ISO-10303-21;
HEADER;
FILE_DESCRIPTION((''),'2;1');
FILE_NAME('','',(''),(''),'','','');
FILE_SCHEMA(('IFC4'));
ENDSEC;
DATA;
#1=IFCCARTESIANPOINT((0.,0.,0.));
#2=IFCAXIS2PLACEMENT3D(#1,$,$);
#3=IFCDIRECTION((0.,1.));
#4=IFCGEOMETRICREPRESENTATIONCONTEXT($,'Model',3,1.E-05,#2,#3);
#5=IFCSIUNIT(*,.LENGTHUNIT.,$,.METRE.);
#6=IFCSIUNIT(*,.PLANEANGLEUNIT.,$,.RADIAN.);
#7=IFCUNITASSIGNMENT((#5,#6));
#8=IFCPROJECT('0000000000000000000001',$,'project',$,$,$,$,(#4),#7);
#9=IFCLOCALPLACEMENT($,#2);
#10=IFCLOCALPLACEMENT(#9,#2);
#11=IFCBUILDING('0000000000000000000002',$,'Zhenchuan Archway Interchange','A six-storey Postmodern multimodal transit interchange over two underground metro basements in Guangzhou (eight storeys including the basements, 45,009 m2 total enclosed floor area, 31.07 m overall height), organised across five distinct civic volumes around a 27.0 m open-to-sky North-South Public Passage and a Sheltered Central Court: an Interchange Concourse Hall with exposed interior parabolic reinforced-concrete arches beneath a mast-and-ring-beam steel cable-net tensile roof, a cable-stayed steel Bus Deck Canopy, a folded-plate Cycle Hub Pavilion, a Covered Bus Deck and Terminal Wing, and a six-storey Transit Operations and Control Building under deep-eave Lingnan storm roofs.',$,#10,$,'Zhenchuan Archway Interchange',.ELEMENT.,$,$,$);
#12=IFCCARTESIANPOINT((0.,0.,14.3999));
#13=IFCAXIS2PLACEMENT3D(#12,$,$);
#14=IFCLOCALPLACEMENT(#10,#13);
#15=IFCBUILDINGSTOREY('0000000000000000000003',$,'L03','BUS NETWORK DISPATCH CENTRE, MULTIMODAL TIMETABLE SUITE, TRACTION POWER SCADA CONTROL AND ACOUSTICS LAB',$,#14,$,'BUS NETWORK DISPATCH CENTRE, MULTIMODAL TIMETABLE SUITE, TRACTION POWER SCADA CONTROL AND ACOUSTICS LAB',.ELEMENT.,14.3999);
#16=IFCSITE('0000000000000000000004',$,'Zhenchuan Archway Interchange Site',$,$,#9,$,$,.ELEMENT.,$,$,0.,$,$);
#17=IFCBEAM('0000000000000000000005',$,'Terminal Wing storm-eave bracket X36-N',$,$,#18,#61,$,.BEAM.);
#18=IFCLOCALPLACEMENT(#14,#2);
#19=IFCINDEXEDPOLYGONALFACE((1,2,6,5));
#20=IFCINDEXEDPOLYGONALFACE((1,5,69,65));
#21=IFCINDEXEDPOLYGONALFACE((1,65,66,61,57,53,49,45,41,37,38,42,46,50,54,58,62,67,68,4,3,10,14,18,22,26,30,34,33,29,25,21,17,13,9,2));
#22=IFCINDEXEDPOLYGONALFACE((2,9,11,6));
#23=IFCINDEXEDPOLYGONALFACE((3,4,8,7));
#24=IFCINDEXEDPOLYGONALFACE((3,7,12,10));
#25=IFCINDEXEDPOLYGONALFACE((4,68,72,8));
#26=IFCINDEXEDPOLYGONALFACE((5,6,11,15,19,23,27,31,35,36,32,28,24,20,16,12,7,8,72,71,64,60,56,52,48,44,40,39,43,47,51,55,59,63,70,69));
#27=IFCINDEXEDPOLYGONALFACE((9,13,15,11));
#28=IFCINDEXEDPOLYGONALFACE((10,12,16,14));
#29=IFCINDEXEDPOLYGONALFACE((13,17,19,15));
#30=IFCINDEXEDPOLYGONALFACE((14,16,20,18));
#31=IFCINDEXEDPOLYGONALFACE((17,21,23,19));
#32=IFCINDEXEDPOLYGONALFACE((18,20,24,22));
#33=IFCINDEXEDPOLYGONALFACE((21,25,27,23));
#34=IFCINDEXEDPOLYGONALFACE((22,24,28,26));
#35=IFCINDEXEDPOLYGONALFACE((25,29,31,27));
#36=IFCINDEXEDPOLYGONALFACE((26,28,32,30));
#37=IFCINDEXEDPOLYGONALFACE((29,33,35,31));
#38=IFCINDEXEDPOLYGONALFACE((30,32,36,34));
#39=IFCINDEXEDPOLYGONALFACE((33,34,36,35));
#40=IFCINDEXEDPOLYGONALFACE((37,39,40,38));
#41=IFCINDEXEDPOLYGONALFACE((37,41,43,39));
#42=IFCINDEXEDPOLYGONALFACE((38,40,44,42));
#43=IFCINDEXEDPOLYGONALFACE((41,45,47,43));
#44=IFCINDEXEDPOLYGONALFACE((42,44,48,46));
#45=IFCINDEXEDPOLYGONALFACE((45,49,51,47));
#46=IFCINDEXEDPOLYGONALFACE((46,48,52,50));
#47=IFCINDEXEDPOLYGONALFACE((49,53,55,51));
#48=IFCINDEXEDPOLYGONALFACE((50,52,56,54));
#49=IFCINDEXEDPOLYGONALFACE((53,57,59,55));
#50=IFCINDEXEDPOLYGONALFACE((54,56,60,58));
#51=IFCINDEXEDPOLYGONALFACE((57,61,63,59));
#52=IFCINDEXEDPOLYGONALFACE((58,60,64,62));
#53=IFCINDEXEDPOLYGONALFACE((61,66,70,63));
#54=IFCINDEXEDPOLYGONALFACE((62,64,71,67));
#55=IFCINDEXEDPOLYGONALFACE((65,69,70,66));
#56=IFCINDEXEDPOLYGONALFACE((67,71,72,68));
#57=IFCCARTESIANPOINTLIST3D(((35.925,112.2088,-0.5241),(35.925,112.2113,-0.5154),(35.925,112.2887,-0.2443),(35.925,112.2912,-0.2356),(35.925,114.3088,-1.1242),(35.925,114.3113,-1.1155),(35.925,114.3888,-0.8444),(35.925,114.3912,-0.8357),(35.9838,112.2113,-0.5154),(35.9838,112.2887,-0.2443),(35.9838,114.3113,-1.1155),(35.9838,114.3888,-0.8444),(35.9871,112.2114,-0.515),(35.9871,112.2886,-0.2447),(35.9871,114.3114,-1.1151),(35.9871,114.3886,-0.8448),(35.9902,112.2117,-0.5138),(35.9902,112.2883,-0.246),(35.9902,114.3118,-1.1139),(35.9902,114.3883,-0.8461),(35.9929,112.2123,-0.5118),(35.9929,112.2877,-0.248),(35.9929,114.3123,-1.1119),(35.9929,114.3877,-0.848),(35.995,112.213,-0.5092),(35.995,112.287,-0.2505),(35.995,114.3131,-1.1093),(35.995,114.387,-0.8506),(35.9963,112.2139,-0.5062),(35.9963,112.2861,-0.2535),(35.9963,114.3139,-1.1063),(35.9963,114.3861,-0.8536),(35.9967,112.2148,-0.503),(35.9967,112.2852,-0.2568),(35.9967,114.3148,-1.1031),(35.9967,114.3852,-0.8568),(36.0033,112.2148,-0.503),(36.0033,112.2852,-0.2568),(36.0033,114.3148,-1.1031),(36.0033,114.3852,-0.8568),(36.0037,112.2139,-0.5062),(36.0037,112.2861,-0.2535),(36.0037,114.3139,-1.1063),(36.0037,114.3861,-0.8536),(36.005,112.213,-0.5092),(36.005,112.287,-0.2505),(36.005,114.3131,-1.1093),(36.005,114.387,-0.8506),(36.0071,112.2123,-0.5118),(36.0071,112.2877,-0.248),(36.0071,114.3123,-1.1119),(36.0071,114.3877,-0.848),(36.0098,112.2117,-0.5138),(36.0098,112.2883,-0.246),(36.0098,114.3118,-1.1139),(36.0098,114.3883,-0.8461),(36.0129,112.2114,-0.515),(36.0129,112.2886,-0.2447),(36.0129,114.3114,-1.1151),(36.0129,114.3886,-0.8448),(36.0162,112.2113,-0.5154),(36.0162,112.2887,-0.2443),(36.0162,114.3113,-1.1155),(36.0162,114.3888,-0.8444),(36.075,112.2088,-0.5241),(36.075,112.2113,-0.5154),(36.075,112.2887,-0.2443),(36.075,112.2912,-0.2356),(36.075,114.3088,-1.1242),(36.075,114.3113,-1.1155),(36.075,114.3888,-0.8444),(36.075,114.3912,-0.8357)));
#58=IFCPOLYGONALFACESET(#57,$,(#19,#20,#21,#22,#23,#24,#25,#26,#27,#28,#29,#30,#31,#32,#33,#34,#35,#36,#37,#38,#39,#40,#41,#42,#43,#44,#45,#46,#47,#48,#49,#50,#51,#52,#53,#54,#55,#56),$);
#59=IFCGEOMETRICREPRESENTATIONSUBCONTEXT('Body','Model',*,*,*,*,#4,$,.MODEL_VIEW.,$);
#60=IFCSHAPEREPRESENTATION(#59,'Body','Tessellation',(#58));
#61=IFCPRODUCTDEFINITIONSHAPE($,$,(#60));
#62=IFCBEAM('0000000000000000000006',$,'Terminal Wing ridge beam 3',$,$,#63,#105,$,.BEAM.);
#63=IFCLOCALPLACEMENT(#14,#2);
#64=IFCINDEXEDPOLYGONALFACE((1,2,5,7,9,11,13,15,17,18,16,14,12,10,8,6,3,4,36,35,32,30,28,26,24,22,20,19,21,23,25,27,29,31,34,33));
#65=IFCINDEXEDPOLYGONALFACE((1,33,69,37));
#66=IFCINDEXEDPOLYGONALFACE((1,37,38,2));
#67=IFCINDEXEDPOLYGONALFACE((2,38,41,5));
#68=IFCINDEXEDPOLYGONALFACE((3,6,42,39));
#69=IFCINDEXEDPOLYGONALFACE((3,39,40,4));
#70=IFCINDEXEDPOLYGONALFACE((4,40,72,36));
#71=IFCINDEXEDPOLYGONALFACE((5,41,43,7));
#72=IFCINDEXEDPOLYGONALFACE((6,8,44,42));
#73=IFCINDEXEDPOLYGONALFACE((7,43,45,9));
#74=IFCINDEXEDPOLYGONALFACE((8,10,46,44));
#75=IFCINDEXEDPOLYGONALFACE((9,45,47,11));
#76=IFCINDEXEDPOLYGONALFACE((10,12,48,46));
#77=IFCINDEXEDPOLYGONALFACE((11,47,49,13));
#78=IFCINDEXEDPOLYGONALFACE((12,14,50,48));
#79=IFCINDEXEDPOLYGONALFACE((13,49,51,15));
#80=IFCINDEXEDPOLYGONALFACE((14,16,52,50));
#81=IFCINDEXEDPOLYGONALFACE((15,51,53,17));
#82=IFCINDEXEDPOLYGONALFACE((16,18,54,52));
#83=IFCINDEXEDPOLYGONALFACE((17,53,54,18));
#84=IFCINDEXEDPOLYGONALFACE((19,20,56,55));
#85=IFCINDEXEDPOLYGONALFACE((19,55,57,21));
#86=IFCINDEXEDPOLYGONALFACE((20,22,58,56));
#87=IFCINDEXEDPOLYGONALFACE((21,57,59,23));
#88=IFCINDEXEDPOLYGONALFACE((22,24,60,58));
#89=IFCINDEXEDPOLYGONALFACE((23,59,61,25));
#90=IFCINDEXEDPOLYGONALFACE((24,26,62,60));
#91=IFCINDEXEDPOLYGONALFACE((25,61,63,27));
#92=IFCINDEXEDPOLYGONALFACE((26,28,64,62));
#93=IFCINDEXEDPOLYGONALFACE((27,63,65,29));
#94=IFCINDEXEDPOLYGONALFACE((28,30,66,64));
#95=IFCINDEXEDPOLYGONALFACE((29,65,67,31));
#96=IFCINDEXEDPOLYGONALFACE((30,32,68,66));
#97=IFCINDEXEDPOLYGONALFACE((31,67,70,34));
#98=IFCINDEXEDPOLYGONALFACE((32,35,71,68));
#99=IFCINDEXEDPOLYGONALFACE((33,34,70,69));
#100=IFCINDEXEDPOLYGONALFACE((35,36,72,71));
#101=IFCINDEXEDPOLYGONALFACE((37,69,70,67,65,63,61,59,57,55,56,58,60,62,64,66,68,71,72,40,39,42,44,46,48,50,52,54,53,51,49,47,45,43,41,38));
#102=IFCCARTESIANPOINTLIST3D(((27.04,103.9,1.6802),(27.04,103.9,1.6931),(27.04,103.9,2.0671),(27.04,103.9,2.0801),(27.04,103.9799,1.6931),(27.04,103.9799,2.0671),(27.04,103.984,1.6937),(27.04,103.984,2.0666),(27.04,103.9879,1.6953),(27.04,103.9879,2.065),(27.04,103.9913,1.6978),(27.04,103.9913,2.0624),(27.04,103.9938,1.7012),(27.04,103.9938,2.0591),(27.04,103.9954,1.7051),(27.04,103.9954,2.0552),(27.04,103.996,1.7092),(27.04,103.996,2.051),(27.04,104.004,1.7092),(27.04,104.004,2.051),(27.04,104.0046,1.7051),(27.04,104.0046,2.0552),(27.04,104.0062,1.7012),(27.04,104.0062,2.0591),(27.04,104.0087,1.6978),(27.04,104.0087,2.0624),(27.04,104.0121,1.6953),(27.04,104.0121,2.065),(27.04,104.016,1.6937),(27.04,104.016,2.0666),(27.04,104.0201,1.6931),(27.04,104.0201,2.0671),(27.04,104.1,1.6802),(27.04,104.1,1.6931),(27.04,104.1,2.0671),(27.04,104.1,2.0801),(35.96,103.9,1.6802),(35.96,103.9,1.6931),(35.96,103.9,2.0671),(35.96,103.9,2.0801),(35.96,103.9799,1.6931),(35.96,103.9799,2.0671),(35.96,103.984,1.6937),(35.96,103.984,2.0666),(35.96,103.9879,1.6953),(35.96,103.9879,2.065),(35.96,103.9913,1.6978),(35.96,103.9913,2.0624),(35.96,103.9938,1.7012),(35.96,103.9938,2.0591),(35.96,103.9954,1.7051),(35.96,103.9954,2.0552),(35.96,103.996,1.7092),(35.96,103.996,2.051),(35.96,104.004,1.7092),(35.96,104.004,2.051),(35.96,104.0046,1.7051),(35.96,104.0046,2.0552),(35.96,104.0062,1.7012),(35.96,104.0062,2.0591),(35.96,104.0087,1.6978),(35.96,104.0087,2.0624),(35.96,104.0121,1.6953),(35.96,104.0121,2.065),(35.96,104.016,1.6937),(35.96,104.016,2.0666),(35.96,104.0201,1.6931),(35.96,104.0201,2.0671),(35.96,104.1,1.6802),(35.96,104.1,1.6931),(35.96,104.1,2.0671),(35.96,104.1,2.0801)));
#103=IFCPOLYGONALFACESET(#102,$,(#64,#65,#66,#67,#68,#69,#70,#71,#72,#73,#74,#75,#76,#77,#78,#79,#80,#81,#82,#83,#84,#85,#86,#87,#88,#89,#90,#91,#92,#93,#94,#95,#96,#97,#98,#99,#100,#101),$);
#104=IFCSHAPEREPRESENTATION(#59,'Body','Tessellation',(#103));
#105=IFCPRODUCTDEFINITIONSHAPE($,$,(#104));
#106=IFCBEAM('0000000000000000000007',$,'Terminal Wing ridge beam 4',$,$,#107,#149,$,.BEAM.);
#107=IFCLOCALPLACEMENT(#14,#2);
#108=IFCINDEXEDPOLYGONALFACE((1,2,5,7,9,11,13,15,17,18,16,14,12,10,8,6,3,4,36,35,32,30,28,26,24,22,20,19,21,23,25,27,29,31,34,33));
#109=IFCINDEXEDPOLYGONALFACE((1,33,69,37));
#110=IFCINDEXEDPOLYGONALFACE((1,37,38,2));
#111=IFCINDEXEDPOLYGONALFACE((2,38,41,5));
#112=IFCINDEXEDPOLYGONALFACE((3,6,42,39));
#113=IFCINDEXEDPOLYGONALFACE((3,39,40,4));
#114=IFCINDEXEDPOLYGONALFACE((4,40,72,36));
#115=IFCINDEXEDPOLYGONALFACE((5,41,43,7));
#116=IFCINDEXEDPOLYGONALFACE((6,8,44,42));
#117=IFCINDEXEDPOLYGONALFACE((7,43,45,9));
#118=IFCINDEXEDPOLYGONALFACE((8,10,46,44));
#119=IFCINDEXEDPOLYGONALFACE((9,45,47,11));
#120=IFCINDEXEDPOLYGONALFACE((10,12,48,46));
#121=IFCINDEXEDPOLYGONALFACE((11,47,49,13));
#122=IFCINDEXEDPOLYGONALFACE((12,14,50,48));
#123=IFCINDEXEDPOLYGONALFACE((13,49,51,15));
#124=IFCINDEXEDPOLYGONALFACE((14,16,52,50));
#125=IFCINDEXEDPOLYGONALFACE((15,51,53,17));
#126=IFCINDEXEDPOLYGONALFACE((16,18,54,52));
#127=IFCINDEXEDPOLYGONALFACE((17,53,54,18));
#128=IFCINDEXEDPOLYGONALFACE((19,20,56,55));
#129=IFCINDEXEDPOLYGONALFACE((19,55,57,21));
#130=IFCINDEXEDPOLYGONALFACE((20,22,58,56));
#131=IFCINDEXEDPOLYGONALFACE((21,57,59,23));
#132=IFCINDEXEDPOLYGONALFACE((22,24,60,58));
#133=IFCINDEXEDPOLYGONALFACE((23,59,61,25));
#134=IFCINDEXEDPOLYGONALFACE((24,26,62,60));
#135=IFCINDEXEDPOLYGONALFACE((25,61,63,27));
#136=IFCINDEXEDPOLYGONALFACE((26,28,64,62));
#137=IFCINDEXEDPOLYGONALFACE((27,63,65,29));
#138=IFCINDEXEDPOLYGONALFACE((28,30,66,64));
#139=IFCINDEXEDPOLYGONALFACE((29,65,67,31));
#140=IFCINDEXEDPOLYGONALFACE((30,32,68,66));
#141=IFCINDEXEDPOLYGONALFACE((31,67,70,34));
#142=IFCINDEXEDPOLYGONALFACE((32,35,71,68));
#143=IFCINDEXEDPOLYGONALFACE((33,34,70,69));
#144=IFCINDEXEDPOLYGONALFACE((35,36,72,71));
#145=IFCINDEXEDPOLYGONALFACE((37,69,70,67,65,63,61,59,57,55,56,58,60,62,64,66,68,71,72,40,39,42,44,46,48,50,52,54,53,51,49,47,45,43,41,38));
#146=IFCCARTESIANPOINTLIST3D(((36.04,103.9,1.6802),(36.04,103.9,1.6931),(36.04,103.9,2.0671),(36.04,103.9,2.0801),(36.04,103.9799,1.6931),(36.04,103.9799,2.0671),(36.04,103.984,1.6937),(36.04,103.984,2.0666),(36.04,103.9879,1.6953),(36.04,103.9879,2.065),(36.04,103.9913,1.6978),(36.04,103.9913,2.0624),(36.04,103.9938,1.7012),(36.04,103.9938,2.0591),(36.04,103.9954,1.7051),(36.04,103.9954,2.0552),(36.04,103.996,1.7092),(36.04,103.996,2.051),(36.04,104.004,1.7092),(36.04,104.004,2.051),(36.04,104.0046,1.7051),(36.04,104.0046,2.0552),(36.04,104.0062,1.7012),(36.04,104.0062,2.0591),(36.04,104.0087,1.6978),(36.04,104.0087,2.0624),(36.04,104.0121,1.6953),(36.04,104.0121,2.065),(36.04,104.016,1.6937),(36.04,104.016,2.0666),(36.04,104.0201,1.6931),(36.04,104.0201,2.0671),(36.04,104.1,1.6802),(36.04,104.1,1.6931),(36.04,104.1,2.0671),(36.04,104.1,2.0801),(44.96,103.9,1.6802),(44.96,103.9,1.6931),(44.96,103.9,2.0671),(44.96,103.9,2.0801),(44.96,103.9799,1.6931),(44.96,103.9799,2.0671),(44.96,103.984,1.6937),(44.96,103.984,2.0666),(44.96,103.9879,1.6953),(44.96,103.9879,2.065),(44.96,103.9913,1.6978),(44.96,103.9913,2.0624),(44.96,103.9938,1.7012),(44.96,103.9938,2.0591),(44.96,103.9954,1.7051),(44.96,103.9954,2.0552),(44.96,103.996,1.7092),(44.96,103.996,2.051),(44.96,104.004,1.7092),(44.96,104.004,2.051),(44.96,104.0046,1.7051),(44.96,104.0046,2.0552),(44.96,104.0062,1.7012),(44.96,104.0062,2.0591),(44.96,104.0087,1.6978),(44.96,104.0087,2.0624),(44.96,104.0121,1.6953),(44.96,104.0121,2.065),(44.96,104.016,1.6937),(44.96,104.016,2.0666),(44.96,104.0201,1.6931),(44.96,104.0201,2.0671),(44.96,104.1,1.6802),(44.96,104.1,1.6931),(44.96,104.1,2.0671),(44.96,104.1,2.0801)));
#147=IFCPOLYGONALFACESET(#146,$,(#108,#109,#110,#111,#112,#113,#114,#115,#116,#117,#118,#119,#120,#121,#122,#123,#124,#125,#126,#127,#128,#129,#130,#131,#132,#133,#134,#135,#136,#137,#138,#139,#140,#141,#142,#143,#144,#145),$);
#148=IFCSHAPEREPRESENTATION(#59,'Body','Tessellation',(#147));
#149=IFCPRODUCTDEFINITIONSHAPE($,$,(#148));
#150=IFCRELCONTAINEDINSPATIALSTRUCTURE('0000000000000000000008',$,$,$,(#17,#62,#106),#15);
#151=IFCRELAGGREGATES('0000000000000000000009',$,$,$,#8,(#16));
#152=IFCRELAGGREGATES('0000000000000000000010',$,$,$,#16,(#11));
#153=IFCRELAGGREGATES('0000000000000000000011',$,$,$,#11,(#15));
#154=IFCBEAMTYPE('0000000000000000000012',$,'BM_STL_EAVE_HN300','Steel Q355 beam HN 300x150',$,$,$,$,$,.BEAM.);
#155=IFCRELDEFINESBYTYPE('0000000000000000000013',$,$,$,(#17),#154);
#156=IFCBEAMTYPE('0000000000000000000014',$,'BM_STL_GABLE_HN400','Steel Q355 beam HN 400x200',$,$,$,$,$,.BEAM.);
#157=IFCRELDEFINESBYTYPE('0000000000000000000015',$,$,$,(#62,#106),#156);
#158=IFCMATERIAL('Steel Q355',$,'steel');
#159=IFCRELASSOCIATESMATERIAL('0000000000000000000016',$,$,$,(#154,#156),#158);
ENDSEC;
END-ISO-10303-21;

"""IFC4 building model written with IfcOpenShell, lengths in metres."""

from ifc_helpers import new_model, si_unit, direction, frame, origin, origin_2d, place, context, subcontext, project, spatial, i_section, extrude, material, material_profile, profile_set, type_object, element, save


model = new_model("IFC4")

# Units and contexts
model_context = context("Model", 3, precision=1e-05, world=origin(), true_north=direction((0.0, 1.0)))
body_context = subcontext(model_context, "Body", "Model", "MODEL_VIEW")
ifc_project = project(units=[si_unit("LENGTHUNIT", "METRE"), si_unit("PLANEANGLEUNIT", "RADIAN")], contexts=[model_context])

# Site, building, storey
site_placement = place(None, origin())
site = spatial("IfcSite", under=ifc_project, at=site_placement, Name="Zhenchuan Archway Interchange Site", CompositionType="ELEMENT", RefElevation=0.0)
building_placement = place(site_placement, origin())
building = spatial("IfcBuilding", under=site, at=building_placement, Name="Zhenchuan Archway Interchange", Description="A six-storey Postmodern multimodal transit interchange over two underground metro basements in Guangzhou (eight storeys including the basements, 45,009 m2 total enclosed floor area, 31.07 m overall height), organised across five distinct civic volumes around a 27.0 m open-to-sky North-South Public Passage and a Sheltered Central Court: an Interchange Concourse Hall with exposed interior parabolic reinforced-concrete arches beneath a mast-and-ring-beam steel cable-net tensile roof, a cable-stayed steel Bus Deck Canopy, a folded-plate Cycle Hub Pavilion, a Covered Bus Deck and Terminal Wing, and a six-storey Transit Operations and Control Building under deep-eave Lingnan storm roofs.", LongName="Zhenchuan Archway Interchange", CompositionType="ELEMENT")
storey_placement = place(building_placement, frame((0.0, 0.0, 14.3999)))
storey = spatial("IfcBuildingStorey", under=building, at=storey_placement, Name="L03", Description="BUS NETWORK DISPATCH CENTRE, MULTIMODAL TIMETABLE SUITE, TRACTION POWER SCADA CONTROL AND ACOUSTICS LAB", LongName="BUS NETWORK DISPATCH CENTRE, MULTIMODAL TIMETABLE SUITE, TRACTION POWER SCADA CONTROL AND ACOUSTICS LAB", CompositionType="ELEMENT", Elevation=14.3999)

# Shared definitions
ifc_material_1 = material(Name="Steel Q355", Category="steel")

# Beams
ifc_material_profile_1 = material_profile(ifc_material_1, i_section(OverallWidth=0.1499, OverallDepth=0.3, WebThickness=0.0066, FlangeThickness=0.009, FilletRadius=0.0129, at=origin_2d()), Name="HN 300x150")
ifc_profile_set_1 = profile_set([ifc_material_profile_1], Name="Steel Q355")
beam_type_1 = type_object("IfcBeamType", Name="BM_STL_EAVE_HN300", Description="Steel Q355 beam HN 300x150", PredefinedType="BEAM", material=ifc_profile_set_1)
for number, where, z_axis, x_axis, name in (
    (1, (36.0, 112.25, -0.3799), (0.0, 0.961516, -0.274751), (-1.0, 0.0, 0.0), "Terminal Wing storm-eave bracket X36-N"),
):
    element("IfcBeam", number, at=place(storey_placement, frame(where, z_axis=z_axis, x_axis=x_axis)), inside=storey, type_object=beam_type_1, Name=name, PredefinedType="BEAM", context=body_context, shape_type="SweptSolid", body=[
        extrude(i_section(OverallWidth=0.1499, OverallDepth=0.3, WebThickness=0.0066, FlangeThickness=0.009, FilletRadius=0.0129, at=origin_2d()), origin(), (0.0, 0.0, 1.0), 2.1841),
    ])
ifc_material_profile_2 = material_profile(ifc_material_1, i_section(OverallWidth=0.2, OverallDepth=0.3999, WebThickness=0.0081, FlangeThickness=0.0129, FilletRadius=0.0161, at=origin_2d()), Name="HN 400x200")
ifc_profile_set_2 = profile_set([ifc_material_profile_2], Name="Steel Q355")
beam_type_2 = type_object("IfcBeamType", Name="BM_STL_GABLE_HN400", Description="Steel Q355 beam HN 400x200", PredefinedType="BEAM", material=ifc_profile_set_2)
for number, where, z_axis, x_axis, name in (
    (2, (27.04, 104.0, 1.8801), (1.0, 0.0, 0.0), (0.0, 1.0, 0.0), "Terminal Wing ridge beam 3"),
    (3, (36.04, 104.0, 1.8801), (1.0, 0.0, 0.0), (0.0, 1.0, 0.0), "Terminal Wing ridge beam 4"),
):
    element("IfcBeam", number, at=place(storey_placement, frame(where, z_axis=z_axis, x_axis=x_axis)), inside=storey, type_object=beam_type_2, Name=name, PredefinedType="BEAM", context=body_context, shape_type="SweptSolid", body=[
        extrude(i_section(OverallWidth=0.2, OverallDepth=0.3999, WebThickness=0.0081, FlangeThickness=0.0129, FilletRadius=0.0161, at=origin_2d()), origin(), (0.0, 0.0, 1.0), 8.9199),
    ])

save(model, "model.ifc")
